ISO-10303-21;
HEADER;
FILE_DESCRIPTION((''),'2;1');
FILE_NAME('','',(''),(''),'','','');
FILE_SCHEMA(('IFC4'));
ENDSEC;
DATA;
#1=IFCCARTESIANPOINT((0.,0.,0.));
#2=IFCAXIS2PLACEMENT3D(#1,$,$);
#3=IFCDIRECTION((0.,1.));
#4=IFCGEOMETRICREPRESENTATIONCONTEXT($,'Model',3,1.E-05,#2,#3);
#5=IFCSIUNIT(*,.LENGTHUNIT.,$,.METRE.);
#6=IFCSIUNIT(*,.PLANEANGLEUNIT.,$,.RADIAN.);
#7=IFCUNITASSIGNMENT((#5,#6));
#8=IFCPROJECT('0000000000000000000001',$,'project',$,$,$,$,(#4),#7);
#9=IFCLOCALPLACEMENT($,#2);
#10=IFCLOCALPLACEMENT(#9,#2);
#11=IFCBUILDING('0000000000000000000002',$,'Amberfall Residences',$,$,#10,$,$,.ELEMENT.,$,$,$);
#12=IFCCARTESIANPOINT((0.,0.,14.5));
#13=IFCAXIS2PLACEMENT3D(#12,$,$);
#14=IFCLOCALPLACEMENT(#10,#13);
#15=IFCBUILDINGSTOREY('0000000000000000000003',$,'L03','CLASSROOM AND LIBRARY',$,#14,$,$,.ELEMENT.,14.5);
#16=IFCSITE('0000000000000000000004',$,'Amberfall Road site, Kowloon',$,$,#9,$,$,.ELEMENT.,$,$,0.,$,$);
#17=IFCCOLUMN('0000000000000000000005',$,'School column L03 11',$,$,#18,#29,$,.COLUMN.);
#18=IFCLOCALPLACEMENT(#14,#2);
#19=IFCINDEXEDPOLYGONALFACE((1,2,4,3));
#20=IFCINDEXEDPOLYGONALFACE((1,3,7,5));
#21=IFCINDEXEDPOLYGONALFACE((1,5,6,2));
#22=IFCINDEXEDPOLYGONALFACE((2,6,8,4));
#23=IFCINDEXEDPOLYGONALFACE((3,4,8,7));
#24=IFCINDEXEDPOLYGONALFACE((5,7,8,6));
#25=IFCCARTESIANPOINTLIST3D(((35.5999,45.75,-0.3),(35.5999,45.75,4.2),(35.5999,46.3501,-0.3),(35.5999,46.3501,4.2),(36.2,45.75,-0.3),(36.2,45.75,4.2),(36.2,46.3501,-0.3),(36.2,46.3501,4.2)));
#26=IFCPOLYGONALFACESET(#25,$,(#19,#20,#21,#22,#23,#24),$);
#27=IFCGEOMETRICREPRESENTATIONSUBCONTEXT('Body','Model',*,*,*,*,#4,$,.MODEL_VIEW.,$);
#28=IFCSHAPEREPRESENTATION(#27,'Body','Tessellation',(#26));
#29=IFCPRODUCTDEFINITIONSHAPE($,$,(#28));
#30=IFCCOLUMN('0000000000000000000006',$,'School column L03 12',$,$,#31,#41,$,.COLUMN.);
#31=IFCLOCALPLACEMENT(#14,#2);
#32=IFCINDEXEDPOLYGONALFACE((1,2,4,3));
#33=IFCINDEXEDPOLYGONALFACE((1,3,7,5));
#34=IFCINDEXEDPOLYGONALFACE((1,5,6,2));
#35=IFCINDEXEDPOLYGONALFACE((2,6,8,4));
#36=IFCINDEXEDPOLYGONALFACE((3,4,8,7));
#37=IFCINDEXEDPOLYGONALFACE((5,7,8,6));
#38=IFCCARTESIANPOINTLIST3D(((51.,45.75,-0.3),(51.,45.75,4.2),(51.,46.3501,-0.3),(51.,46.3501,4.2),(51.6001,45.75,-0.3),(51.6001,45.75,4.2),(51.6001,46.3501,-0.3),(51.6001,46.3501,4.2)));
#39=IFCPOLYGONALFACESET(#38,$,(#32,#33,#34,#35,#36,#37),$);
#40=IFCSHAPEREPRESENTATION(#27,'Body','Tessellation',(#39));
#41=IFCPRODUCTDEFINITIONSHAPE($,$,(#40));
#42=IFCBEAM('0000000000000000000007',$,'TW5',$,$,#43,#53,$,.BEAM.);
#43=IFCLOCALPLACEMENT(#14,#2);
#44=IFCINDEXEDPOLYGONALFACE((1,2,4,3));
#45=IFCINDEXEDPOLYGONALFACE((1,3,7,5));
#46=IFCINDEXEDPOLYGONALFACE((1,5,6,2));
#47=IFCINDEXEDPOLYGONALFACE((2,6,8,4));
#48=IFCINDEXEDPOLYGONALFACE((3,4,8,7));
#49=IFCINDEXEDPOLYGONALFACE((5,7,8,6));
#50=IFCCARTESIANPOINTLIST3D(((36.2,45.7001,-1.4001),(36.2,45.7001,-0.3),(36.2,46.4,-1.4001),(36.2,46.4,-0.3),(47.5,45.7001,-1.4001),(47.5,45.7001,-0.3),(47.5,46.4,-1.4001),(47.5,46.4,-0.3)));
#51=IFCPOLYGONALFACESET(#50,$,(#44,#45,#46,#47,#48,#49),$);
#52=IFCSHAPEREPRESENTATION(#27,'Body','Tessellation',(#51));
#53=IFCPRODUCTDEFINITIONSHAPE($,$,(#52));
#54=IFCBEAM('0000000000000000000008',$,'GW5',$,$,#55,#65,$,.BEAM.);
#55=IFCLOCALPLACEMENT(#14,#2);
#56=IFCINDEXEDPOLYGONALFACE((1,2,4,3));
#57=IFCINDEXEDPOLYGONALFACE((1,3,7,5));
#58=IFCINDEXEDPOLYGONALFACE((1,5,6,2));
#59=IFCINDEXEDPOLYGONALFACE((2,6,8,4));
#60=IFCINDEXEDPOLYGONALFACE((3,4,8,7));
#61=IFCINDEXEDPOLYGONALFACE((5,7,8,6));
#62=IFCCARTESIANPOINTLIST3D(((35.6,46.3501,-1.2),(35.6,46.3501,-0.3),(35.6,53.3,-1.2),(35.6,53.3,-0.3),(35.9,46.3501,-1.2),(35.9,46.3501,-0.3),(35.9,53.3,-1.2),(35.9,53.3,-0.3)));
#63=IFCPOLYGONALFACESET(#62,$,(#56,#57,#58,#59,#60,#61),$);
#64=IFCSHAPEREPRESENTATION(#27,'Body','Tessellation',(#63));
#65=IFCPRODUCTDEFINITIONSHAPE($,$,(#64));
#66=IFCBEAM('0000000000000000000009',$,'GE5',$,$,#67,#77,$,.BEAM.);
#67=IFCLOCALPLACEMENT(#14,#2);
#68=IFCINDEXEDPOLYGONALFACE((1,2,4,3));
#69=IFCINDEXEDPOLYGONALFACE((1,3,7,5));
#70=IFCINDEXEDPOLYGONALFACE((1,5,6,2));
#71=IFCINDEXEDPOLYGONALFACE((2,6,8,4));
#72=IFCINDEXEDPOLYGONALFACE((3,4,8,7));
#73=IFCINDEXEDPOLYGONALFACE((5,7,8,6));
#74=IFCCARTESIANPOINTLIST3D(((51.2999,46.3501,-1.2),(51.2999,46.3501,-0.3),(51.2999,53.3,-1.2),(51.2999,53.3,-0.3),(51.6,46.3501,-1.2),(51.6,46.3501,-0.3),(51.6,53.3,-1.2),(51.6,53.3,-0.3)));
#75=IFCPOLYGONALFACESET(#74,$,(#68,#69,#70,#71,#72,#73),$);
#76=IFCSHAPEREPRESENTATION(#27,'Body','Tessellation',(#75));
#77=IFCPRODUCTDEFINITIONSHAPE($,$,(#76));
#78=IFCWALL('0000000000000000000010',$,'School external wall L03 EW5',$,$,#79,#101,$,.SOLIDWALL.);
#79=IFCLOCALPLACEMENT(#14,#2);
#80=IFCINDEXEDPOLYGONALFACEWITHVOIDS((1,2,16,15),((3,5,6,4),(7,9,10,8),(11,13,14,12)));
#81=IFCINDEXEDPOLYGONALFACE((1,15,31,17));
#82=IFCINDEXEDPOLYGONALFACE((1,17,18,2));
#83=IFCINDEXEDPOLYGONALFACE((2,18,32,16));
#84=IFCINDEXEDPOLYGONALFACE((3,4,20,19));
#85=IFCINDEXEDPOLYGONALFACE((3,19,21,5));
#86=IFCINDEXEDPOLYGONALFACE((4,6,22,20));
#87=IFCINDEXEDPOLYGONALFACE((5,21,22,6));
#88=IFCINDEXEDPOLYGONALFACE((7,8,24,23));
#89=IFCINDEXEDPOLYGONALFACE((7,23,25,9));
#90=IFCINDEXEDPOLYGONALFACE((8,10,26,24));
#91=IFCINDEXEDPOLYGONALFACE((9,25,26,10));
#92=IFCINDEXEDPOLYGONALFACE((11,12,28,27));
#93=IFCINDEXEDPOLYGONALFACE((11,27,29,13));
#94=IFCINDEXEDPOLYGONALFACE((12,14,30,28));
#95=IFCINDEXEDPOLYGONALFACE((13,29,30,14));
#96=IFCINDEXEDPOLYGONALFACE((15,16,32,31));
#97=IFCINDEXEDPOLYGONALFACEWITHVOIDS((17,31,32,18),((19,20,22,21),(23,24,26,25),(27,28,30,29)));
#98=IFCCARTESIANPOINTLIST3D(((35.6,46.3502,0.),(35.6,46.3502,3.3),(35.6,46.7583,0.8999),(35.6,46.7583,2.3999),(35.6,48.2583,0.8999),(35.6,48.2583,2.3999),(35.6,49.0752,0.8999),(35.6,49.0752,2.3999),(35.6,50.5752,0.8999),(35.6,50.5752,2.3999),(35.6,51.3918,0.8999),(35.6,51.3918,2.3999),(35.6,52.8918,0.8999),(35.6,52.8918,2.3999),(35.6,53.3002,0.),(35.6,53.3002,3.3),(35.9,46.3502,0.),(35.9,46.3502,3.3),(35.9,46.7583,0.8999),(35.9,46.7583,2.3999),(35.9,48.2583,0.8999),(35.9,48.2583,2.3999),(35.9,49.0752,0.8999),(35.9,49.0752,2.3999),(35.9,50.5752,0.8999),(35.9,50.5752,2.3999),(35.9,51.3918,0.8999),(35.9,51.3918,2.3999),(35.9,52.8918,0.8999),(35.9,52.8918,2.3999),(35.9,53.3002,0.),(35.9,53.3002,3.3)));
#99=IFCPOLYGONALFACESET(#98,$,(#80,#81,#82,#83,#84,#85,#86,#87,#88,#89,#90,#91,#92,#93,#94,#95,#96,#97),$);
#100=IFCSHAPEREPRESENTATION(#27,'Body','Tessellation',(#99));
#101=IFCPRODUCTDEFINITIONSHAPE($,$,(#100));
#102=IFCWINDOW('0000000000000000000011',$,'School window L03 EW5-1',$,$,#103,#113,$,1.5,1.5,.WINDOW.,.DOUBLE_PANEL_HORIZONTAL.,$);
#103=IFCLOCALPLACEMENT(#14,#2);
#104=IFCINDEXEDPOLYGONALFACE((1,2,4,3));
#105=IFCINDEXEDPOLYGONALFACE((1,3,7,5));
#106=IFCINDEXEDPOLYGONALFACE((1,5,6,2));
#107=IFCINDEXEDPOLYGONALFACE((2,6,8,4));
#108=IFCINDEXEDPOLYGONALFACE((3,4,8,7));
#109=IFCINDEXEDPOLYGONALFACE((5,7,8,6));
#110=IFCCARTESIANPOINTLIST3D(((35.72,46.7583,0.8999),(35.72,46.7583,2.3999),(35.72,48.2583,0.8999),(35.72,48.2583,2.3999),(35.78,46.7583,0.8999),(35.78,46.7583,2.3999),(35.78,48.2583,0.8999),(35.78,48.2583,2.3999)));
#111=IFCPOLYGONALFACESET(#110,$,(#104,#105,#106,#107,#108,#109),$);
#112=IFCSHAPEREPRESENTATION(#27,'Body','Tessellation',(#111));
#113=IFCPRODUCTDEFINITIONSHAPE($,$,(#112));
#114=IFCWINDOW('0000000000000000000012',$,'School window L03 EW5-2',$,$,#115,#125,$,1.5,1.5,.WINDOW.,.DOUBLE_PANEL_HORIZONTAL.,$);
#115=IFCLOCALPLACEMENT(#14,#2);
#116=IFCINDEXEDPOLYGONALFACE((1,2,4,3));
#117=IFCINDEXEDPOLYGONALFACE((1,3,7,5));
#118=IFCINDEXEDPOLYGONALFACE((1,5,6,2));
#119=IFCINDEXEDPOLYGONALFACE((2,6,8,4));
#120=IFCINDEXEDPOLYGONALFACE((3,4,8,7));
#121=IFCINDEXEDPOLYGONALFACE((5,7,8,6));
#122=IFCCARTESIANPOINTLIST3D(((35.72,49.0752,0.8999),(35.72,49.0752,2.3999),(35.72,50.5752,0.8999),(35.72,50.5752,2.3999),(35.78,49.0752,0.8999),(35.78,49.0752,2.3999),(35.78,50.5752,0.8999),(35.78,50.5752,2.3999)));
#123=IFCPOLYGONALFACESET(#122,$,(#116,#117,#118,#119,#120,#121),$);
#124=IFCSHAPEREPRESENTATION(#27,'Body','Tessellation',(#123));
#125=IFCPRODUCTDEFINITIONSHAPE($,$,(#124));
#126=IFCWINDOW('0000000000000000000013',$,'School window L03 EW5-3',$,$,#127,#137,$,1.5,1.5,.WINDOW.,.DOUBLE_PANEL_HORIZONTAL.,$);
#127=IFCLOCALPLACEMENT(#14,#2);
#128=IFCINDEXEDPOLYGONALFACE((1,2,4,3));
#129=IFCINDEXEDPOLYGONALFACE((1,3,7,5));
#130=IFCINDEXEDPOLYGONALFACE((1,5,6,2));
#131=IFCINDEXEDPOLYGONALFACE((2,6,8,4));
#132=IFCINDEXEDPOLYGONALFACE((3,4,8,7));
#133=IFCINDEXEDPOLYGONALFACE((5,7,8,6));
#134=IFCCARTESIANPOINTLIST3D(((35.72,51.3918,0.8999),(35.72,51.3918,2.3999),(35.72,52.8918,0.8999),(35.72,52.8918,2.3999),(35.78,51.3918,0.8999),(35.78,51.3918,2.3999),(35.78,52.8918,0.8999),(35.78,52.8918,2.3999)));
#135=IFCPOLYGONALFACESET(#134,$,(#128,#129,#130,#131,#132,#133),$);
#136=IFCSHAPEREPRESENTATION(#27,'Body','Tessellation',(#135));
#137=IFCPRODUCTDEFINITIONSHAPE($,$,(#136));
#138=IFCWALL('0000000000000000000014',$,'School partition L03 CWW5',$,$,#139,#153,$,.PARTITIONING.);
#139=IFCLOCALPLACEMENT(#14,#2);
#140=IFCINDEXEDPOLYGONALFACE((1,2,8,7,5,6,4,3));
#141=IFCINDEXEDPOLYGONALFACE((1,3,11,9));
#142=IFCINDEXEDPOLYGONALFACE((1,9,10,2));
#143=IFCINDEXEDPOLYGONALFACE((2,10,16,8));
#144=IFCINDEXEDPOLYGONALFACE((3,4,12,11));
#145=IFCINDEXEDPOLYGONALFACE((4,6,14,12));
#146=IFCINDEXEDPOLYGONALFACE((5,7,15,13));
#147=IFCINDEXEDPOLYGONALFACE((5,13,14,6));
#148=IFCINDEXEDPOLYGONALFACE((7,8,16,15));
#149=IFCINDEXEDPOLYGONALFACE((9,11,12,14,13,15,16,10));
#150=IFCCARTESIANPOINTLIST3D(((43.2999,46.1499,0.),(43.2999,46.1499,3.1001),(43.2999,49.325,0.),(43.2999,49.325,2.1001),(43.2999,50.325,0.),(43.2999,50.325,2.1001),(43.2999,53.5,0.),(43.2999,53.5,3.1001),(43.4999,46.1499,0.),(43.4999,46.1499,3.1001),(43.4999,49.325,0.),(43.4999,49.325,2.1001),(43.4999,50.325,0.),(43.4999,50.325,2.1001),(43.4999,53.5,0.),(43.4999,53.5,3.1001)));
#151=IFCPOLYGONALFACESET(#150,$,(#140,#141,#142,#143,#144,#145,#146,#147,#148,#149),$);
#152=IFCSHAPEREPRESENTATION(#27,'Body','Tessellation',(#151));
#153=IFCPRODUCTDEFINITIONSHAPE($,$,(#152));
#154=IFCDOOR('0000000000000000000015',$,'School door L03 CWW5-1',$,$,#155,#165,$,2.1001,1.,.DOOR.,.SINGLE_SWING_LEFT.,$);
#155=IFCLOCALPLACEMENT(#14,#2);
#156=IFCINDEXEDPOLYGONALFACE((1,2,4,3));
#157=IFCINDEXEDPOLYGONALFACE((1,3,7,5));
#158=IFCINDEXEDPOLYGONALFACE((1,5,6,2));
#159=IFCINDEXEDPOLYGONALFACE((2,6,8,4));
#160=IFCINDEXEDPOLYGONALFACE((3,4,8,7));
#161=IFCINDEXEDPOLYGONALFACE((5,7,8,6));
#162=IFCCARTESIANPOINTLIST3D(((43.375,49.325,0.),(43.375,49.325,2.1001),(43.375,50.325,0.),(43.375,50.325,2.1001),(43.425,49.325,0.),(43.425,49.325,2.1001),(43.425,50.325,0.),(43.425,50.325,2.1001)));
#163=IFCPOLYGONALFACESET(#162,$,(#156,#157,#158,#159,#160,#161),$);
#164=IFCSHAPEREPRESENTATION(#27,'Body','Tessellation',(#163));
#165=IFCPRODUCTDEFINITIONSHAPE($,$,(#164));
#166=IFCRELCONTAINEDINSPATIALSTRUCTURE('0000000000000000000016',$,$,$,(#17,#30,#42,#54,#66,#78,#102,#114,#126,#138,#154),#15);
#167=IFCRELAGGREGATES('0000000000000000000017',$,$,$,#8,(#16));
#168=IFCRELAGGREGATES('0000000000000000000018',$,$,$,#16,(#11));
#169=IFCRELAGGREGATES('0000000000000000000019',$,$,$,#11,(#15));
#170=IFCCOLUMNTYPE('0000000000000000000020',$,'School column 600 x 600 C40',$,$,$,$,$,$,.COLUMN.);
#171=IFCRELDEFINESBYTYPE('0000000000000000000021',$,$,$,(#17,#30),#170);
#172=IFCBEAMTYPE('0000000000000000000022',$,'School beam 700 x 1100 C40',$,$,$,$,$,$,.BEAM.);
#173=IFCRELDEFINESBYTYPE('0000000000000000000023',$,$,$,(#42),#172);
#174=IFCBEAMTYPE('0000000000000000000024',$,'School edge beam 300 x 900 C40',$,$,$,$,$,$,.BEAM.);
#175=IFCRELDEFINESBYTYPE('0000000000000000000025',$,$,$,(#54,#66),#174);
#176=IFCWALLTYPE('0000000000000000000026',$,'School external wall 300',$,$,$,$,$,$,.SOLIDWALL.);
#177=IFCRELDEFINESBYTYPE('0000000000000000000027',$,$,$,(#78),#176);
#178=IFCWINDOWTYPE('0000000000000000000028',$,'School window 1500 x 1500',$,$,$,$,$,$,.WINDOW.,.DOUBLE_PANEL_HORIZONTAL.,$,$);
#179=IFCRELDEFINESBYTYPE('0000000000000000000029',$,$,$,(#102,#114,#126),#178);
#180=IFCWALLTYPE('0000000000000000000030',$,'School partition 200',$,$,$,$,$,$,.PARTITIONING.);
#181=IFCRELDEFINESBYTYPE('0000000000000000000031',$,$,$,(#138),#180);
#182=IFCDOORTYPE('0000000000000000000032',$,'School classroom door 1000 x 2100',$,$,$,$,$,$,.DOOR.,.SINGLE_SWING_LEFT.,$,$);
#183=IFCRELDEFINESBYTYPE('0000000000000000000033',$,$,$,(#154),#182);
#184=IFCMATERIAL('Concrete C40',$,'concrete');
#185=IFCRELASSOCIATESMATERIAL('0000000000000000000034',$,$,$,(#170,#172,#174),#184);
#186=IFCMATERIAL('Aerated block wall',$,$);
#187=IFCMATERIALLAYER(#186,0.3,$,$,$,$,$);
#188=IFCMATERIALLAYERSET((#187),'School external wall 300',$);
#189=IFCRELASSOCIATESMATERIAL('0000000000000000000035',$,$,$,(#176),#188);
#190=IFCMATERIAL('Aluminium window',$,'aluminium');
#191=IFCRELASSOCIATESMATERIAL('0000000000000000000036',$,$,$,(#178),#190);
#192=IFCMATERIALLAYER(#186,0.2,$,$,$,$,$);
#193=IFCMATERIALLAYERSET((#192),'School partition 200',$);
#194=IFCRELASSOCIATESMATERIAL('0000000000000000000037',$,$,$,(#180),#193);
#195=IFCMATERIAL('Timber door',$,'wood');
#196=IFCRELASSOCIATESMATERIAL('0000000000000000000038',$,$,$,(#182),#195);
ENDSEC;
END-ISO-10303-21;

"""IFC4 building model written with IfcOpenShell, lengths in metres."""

from ifc_helpers import new_model, si_unit, direction, frame, frame_2d, origin, origin_2d, place, context, subcontext, project, spatial, rectangle, extrude, material, layer, layer_set, material_profile, profile_set, type_object, element, fill, save


model = new_model("IFC4")

# Units and contexts
model_context = context("Model", 3, precision=1e-05, world=origin(), true_north=direction((0.0, 1.0)))
body_context = subcontext(model_context, "Body", "Model", "MODEL_VIEW")
ifc_project = project(units=[si_unit("LENGTHUNIT", "METRE"), si_unit("PLANEANGLEUNIT", "RADIAN")], contexts=[model_context])

# Site, building, storey
site_placement = place(None, origin())
site = spatial("IfcSite", under=ifc_project, at=site_placement, Name="Amberfall Road site, Kowloon", CompositionType="ELEMENT", RefElevation=0.0)
building_placement = place(site_placement, origin())
building = spatial("IfcBuilding", under=site, at=building_placement, Name="Amberfall Residences", CompositionType="ELEMENT")
storey_placement = place(building_placement, frame((0.0, 0.0, 14.5)))
storey = spatial("IfcBuildingStorey", under=building, at=storey_placement, Name="L03", Description="CLASSROOM AND LIBRARY", CompositionType="ELEMENT", Elevation=14.5)

# Columns
ifc_material_1 = material(Name="Concrete C40", Category="concrete")
ifc_material_profile_1 = material_profile(ifc_material_1, rectangle(XDim=0.6001, YDim=0.6001, at=origin_2d()), Name="School column 600 x 600 C40")
ifc_profile_set_1 = profile_set([ifc_material_profile_1], Name="Concrete C40")
column_type = type_object("IfcColumnType", Name="School column 600 x 600 C40", PredefinedType="COLUMN", material=ifc_profile_set_1)
for number, where, z_axis, x_axis, name in (
    (1, (35.8999, 46.05, -0.3), (0.0, 0.0, 1.0), (1.0, 0.0, 0.0), "School column L03 11"),
    (2, (51.3, 46.05, -0.3), (0.0, 0.0, 1.0), (1.0, 0.0, 0.0), "School column L03 12"),
):
    element("IfcColumn", number, at=place(storey_placement, frame(where, z_axis=z_axis, x_axis=x_axis)), inside=storey, type_object=column_type, Name=name, PredefinedType="COLUMN", context=body_context, shape_type="SweptSolid", body=[
        extrude(rectangle(XDim=0.6001, YDim=0.6001, at=origin_2d()), origin(), (0.0, 0.0, 1.0), 4.5),
    ])

# Beams
ifc_material_profile_2 = material_profile(ifc_material_1, rectangle(XDim=0.7, YDim=1.1001, at=origin_2d()), Name="School beam 700 x 1100 C40")
ifc_profile_set_2 = profile_set([ifc_material_profile_2], Name="Concrete C40")
beam_type_1 = type_object("IfcBeamType", Name="School beam 700 x 1100 C40", PredefinedType="BEAM", material=ifc_profile_set_2)
beam_placement = place(storey_placement, frame((36.2, 46.05, -0.8501), z_axis=(1.0, 0.0, 0.0), x_axis=(0.0, 1.0, 0.0)))
element("IfcBeam", 3, at=beam_placement, inside=storey, type_object=beam_type_1, Name="TW5", PredefinedType="BEAM", context=body_context, shape_type="SweptSolid", body=[
    extrude(rectangle(XDim=0.7, YDim=1.1001, at=origin_2d()), origin(), (0.0, 0.0, 1.0), 11.3),
])
ifc_material_profile_3 = material_profile(ifc_material_1, rectangle(XDim=0.3, YDim=0.8999, at=origin_2d()), Name="School edge beam 300 x 900 C40")
ifc_profile_set_3 = profile_set([ifc_material_profile_3], Name="Concrete C40")
beam_type_2 = type_object("IfcBeamType", Name="School edge beam 300 x 900 C40", PredefinedType="BEAM", material=ifc_profile_set_3)
for number, where, z_axis, x_axis, name in (
    (4, (35.75, 46.3501, -0.75), (0.0, 1.0, 0.0), (-1.0, 0.0, 0.0), "GW5"),
    (5, (51.45, 46.3501, -0.75), (0.0, 1.0, 0.0), (-1.0, 0.0, 0.0), "GE5"),
):
    element("IfcBeam", number, at=place(storey_placement, frame(where, z_axis=z_axis, x_axis=x_axis)), inside=storey, type_object=beam_type_2, Name=name, PredefinedType="BEAM", context=body_context, shape_type="SweptSolid", body=[
        extrude(rectangle(XDim=0.3, YDim=0.8999, at=origin_2d()), origin(), (0.0, 0.0, 1.0), 6.95),
    ])

# Wall, openings, windows
ifc_material_2 = material(Name="Aerated block wall")
ifc_layer_1 = layer(ifc_material_2, 0.3)
ifc_layer_set_1 = layer_set([ifc_layer_1], Name="School external wall 300")
wall_type_1 = type_object("IfcWallType", Name="School external wall 300", PredefinedType="SOLIDWALL", material=ifc_layer_set_1)
wall_1_placement = place(storey_placement, frame((35.75, 46.3501, 0.0), z_axis=(0.0, 0.0, 1.0), x_axis=(0.0, 1.0, 0.0)))
wall_1 = element("IfcWall", 6, at=wall_1_placement, inside=storey, type_object=wall_type_1, Name="School external wall L03 EW5", PredefinedType="SOLIDWALL", context=body_context, shape_type="SweptSolid", body=[
    extrude(rectangle(XDim=6.95, YDim=0.3, at=frame_2d((3.4751, 0.0))), origin(), (0.0, 0.0, 1.0), 3.3),
])
opening_1_placement = place(wall_1_placement, frame((0.4082, 0.0, 0.8999)))
opening_1 = element("IfcOpeningElement", 7, at=opening_1_placement, cuts=wall_1, PredefinedType="OPENING", context=body_context, shape_type="SweptSolid", body=[
    extrude(rectangle(XDim=1.5, YDim=1.5, at=frame_2d((0.75, 0.75))), frame((0.0, 0.1599, 0.0), z_axis=(0.0, -1.0, 0.0), x_axis=(1.0, 0.0, 0.0)), (0.0, 0.0, 1.0), 0.3201),
])
opening_2_placement = place(wall_1_placement, frame((2.7251, 0.0, 0.8999)))
opening_2 = element("IfcOpeningElement", 8, at=opening_2_placement, cuts=wall_1, PredefinedType="OPENING", context=body_context, shape_type="SweptSolid", body=[
    extrude(rectangle(XDim=1.5, YDim=1.5, at=frame_2d((0.75, 0.75))), frame((0.0, 0.1599, 0.0), z_axis=(0.0, -1.0, 0.0), x_axis=(1.0, 0.0, 0.0)), (0.0, 0.0, 1.0), 0.3201),
])
opening_3_placement = place(wall_1_placement, frame((5.0417, 0.0, 0.8999)))
opening_3 = element("IfcOpeningElement", 9, at=opening_3_placement, cuts=wall_1, PredefinedType="OPENING", context=body_context, shape_type="SweptSolid", body=[
    extrude(rectangle(XDim=1.5, YDim=1.5, at=frame_2d((0.75, 0.75))), frame((0.0, 0.1599, 0.0), z_axis=(0.0, -1.0, 0.0), x_axis=(1.0, 0.0, 0.0)), (0.0, 0.0, 1.0), 0.3201),
])
ifc_material_3 = material(Name="Aluminium window", Category="aluminium")
window_type = type_object("IfcWindowType", Name="School window 1500 x 1500", PartitioningType="DOUBLE_PANEL_HORIZONTAL", PredefinedType="WINDOW", material=ifc_material_3)
window_1_placement = place(opening_1_placement, origin())
window_1 = element("IfcWindow", 10, at=window_1_placement, inside=storey, type_object=window_type, Name="School window L03 EW5-1", OverallHeight=1.5, OverallWidth=1.5, PartitioningType="DOUBLE_PANEL_HORIZONTAL", PredefinedType="WINDOW", context=body_context, shape_type="SweptSolid", body=[
    extrude(rectangle(XDim=1.5, YDim=1.5, at=frame_2d((0.75, 0.75))), frame((0.0, 0.03, 0.0), z_axis=(0.0, -1.0, 0.0), x_axis=(1.0, 0.0, 0.0)), (0.0, 0.0, 1.0), 0.0601),
])
fill(opening_1, window_1)
window_2_placement = place(opening_2_placement, origin())
window_2 = element("IfcWindow", 11, at=window_2_placement, inside=storey, type_object=window_type, Name="School window L03 EW5-2", OverallHeight=1.5, OverallWidth=1.5, PartitioningType="DOUBLE_PANEL_HORIZONTAL", PredefinedType="WINDOW", context=body_context, shape_type="SweptSolid", body=[
    extrude(rectangle(XDim=1.5, YDim=1.5, at=frame_2d((0.75, 0.75))), frame((0.0, 0.03, 0.0), z_axis=(0.0, -1.0, 0.0), x_axis=(1.0, 0.0, 0.0)), (0.0, 0.0, 1.0), 0.0601),
])
fill(opening_2, window_2)
window_3_placement = place(opening_3_placement, origin())
window_3 = element("IfcWindow", 12, at=window_3_placement, inside=storey, type_object=window_type, Name="School window L03 EW5-3", OverallHeight=1.5, OverallWidth=1.5, PartitioningType="DOUBLE_PANEL_HORIZONTAL", PredefinedType="WINDOW", context=body_context, shape_type="SweptSolid", body=[
    extrude(rectangle(XDim=1.5, YDim=1.5, at=frame_2d((0.75, 0.75))), frame((0.0, 0.03, 0.0), z_axis=(0.0, -1.0, 0.0), x_axis=(1.0, 0.0, 0.0)), (0.0, 0.0, 1.0), 0.0601),
])
fill(opening_3, window_3)

# Wall, opening, door
ifc_layer_2 = layer(ifc_material_2, 0.2)
ifc_layer_set_2 = layer_set([ifc_layer_2], Name="School partition 200")
wall_type_2 = type_object("IfcWallType", Name="School partition 200", PredefinedType="PARTITIONING", material=ifc_layer_set_2)
wall_2_placement = place(storey_placement, frame((43.3999, 46.1499, 0.0), z_axis=(0.0, 0.0, 1.0), x_axis=(0.0, 1.0, 0.0)))
wall_2 = element("IfcWall", 13, at=wall_2_placement, inside=storey, type_object=wall_type_2, Name="School partition L03 CWW5", PredefinedType="PARTITIONING", context=body_context, shape_type="SweptSolid", body=[
    extrude(rectangle(XDim=7.3501, YDim=0.2, at=frame_2d((3.675, 0.0))), origin(), (0.0, 0.0, 1.0), 3.1001),
])
opening_4_placement = place(wall_2_placement, frame((3.175, 0.0, 0.0)))
opening_4 = element("IfcOpeningElement", 14, at=opening_4_placement, cuts=wall_2, PredefinedType="OPENING", context=body_context, shape_type="SweptSolid", body=[
    extrude(rectangle(XDim=1.0, YDim=2.1001, at=frame_2d((0.5, 1.05))), frame((0.0, 0.1099, 0.0), z_axis=(0.0, -1.0, 0.0), x_axis=(1.0, 0.0, 0.0)), (0.0, 0.0, 1.0), 0.22),
])
ifc_material_4 = material(Name="Timber door", Category="wood")
door_type_1 = type_object("IfcDoorType", Name="School classroom door 1000 x 2100", OperationType="SINGLE_SWING_LEFT", PredefinedType="DOOR", material=ifc_material_4)
door_1_placement = place(opening_4_placement, origin())
door_1 = element("IfcDoor", 15, at=door_1_placement, inside=storey, type_object=door_type_1, Name="School door L03 CWW5-1", OperationType="SINGLE_SWING_LEFT", OverallHeight=2.1001, OverallWidth=1.0, PredefinedType="DOOR", context=body_context, shape_type="SweptSolid", body=[
    extrude(rectangle(XDim=1.0, YDim=2.1001, at=frame_2d((0.5, 1.05))), frame((0.0, 0.0249, 0.0), z_axis=(0.0, -1.0, 0.0), x_axis=(1.0, 0.0, 0.0)), (0.0, 0.0, 1.0), 0.05),
])
fill(opening_4, door_1)

save(model, "model.ifc")
